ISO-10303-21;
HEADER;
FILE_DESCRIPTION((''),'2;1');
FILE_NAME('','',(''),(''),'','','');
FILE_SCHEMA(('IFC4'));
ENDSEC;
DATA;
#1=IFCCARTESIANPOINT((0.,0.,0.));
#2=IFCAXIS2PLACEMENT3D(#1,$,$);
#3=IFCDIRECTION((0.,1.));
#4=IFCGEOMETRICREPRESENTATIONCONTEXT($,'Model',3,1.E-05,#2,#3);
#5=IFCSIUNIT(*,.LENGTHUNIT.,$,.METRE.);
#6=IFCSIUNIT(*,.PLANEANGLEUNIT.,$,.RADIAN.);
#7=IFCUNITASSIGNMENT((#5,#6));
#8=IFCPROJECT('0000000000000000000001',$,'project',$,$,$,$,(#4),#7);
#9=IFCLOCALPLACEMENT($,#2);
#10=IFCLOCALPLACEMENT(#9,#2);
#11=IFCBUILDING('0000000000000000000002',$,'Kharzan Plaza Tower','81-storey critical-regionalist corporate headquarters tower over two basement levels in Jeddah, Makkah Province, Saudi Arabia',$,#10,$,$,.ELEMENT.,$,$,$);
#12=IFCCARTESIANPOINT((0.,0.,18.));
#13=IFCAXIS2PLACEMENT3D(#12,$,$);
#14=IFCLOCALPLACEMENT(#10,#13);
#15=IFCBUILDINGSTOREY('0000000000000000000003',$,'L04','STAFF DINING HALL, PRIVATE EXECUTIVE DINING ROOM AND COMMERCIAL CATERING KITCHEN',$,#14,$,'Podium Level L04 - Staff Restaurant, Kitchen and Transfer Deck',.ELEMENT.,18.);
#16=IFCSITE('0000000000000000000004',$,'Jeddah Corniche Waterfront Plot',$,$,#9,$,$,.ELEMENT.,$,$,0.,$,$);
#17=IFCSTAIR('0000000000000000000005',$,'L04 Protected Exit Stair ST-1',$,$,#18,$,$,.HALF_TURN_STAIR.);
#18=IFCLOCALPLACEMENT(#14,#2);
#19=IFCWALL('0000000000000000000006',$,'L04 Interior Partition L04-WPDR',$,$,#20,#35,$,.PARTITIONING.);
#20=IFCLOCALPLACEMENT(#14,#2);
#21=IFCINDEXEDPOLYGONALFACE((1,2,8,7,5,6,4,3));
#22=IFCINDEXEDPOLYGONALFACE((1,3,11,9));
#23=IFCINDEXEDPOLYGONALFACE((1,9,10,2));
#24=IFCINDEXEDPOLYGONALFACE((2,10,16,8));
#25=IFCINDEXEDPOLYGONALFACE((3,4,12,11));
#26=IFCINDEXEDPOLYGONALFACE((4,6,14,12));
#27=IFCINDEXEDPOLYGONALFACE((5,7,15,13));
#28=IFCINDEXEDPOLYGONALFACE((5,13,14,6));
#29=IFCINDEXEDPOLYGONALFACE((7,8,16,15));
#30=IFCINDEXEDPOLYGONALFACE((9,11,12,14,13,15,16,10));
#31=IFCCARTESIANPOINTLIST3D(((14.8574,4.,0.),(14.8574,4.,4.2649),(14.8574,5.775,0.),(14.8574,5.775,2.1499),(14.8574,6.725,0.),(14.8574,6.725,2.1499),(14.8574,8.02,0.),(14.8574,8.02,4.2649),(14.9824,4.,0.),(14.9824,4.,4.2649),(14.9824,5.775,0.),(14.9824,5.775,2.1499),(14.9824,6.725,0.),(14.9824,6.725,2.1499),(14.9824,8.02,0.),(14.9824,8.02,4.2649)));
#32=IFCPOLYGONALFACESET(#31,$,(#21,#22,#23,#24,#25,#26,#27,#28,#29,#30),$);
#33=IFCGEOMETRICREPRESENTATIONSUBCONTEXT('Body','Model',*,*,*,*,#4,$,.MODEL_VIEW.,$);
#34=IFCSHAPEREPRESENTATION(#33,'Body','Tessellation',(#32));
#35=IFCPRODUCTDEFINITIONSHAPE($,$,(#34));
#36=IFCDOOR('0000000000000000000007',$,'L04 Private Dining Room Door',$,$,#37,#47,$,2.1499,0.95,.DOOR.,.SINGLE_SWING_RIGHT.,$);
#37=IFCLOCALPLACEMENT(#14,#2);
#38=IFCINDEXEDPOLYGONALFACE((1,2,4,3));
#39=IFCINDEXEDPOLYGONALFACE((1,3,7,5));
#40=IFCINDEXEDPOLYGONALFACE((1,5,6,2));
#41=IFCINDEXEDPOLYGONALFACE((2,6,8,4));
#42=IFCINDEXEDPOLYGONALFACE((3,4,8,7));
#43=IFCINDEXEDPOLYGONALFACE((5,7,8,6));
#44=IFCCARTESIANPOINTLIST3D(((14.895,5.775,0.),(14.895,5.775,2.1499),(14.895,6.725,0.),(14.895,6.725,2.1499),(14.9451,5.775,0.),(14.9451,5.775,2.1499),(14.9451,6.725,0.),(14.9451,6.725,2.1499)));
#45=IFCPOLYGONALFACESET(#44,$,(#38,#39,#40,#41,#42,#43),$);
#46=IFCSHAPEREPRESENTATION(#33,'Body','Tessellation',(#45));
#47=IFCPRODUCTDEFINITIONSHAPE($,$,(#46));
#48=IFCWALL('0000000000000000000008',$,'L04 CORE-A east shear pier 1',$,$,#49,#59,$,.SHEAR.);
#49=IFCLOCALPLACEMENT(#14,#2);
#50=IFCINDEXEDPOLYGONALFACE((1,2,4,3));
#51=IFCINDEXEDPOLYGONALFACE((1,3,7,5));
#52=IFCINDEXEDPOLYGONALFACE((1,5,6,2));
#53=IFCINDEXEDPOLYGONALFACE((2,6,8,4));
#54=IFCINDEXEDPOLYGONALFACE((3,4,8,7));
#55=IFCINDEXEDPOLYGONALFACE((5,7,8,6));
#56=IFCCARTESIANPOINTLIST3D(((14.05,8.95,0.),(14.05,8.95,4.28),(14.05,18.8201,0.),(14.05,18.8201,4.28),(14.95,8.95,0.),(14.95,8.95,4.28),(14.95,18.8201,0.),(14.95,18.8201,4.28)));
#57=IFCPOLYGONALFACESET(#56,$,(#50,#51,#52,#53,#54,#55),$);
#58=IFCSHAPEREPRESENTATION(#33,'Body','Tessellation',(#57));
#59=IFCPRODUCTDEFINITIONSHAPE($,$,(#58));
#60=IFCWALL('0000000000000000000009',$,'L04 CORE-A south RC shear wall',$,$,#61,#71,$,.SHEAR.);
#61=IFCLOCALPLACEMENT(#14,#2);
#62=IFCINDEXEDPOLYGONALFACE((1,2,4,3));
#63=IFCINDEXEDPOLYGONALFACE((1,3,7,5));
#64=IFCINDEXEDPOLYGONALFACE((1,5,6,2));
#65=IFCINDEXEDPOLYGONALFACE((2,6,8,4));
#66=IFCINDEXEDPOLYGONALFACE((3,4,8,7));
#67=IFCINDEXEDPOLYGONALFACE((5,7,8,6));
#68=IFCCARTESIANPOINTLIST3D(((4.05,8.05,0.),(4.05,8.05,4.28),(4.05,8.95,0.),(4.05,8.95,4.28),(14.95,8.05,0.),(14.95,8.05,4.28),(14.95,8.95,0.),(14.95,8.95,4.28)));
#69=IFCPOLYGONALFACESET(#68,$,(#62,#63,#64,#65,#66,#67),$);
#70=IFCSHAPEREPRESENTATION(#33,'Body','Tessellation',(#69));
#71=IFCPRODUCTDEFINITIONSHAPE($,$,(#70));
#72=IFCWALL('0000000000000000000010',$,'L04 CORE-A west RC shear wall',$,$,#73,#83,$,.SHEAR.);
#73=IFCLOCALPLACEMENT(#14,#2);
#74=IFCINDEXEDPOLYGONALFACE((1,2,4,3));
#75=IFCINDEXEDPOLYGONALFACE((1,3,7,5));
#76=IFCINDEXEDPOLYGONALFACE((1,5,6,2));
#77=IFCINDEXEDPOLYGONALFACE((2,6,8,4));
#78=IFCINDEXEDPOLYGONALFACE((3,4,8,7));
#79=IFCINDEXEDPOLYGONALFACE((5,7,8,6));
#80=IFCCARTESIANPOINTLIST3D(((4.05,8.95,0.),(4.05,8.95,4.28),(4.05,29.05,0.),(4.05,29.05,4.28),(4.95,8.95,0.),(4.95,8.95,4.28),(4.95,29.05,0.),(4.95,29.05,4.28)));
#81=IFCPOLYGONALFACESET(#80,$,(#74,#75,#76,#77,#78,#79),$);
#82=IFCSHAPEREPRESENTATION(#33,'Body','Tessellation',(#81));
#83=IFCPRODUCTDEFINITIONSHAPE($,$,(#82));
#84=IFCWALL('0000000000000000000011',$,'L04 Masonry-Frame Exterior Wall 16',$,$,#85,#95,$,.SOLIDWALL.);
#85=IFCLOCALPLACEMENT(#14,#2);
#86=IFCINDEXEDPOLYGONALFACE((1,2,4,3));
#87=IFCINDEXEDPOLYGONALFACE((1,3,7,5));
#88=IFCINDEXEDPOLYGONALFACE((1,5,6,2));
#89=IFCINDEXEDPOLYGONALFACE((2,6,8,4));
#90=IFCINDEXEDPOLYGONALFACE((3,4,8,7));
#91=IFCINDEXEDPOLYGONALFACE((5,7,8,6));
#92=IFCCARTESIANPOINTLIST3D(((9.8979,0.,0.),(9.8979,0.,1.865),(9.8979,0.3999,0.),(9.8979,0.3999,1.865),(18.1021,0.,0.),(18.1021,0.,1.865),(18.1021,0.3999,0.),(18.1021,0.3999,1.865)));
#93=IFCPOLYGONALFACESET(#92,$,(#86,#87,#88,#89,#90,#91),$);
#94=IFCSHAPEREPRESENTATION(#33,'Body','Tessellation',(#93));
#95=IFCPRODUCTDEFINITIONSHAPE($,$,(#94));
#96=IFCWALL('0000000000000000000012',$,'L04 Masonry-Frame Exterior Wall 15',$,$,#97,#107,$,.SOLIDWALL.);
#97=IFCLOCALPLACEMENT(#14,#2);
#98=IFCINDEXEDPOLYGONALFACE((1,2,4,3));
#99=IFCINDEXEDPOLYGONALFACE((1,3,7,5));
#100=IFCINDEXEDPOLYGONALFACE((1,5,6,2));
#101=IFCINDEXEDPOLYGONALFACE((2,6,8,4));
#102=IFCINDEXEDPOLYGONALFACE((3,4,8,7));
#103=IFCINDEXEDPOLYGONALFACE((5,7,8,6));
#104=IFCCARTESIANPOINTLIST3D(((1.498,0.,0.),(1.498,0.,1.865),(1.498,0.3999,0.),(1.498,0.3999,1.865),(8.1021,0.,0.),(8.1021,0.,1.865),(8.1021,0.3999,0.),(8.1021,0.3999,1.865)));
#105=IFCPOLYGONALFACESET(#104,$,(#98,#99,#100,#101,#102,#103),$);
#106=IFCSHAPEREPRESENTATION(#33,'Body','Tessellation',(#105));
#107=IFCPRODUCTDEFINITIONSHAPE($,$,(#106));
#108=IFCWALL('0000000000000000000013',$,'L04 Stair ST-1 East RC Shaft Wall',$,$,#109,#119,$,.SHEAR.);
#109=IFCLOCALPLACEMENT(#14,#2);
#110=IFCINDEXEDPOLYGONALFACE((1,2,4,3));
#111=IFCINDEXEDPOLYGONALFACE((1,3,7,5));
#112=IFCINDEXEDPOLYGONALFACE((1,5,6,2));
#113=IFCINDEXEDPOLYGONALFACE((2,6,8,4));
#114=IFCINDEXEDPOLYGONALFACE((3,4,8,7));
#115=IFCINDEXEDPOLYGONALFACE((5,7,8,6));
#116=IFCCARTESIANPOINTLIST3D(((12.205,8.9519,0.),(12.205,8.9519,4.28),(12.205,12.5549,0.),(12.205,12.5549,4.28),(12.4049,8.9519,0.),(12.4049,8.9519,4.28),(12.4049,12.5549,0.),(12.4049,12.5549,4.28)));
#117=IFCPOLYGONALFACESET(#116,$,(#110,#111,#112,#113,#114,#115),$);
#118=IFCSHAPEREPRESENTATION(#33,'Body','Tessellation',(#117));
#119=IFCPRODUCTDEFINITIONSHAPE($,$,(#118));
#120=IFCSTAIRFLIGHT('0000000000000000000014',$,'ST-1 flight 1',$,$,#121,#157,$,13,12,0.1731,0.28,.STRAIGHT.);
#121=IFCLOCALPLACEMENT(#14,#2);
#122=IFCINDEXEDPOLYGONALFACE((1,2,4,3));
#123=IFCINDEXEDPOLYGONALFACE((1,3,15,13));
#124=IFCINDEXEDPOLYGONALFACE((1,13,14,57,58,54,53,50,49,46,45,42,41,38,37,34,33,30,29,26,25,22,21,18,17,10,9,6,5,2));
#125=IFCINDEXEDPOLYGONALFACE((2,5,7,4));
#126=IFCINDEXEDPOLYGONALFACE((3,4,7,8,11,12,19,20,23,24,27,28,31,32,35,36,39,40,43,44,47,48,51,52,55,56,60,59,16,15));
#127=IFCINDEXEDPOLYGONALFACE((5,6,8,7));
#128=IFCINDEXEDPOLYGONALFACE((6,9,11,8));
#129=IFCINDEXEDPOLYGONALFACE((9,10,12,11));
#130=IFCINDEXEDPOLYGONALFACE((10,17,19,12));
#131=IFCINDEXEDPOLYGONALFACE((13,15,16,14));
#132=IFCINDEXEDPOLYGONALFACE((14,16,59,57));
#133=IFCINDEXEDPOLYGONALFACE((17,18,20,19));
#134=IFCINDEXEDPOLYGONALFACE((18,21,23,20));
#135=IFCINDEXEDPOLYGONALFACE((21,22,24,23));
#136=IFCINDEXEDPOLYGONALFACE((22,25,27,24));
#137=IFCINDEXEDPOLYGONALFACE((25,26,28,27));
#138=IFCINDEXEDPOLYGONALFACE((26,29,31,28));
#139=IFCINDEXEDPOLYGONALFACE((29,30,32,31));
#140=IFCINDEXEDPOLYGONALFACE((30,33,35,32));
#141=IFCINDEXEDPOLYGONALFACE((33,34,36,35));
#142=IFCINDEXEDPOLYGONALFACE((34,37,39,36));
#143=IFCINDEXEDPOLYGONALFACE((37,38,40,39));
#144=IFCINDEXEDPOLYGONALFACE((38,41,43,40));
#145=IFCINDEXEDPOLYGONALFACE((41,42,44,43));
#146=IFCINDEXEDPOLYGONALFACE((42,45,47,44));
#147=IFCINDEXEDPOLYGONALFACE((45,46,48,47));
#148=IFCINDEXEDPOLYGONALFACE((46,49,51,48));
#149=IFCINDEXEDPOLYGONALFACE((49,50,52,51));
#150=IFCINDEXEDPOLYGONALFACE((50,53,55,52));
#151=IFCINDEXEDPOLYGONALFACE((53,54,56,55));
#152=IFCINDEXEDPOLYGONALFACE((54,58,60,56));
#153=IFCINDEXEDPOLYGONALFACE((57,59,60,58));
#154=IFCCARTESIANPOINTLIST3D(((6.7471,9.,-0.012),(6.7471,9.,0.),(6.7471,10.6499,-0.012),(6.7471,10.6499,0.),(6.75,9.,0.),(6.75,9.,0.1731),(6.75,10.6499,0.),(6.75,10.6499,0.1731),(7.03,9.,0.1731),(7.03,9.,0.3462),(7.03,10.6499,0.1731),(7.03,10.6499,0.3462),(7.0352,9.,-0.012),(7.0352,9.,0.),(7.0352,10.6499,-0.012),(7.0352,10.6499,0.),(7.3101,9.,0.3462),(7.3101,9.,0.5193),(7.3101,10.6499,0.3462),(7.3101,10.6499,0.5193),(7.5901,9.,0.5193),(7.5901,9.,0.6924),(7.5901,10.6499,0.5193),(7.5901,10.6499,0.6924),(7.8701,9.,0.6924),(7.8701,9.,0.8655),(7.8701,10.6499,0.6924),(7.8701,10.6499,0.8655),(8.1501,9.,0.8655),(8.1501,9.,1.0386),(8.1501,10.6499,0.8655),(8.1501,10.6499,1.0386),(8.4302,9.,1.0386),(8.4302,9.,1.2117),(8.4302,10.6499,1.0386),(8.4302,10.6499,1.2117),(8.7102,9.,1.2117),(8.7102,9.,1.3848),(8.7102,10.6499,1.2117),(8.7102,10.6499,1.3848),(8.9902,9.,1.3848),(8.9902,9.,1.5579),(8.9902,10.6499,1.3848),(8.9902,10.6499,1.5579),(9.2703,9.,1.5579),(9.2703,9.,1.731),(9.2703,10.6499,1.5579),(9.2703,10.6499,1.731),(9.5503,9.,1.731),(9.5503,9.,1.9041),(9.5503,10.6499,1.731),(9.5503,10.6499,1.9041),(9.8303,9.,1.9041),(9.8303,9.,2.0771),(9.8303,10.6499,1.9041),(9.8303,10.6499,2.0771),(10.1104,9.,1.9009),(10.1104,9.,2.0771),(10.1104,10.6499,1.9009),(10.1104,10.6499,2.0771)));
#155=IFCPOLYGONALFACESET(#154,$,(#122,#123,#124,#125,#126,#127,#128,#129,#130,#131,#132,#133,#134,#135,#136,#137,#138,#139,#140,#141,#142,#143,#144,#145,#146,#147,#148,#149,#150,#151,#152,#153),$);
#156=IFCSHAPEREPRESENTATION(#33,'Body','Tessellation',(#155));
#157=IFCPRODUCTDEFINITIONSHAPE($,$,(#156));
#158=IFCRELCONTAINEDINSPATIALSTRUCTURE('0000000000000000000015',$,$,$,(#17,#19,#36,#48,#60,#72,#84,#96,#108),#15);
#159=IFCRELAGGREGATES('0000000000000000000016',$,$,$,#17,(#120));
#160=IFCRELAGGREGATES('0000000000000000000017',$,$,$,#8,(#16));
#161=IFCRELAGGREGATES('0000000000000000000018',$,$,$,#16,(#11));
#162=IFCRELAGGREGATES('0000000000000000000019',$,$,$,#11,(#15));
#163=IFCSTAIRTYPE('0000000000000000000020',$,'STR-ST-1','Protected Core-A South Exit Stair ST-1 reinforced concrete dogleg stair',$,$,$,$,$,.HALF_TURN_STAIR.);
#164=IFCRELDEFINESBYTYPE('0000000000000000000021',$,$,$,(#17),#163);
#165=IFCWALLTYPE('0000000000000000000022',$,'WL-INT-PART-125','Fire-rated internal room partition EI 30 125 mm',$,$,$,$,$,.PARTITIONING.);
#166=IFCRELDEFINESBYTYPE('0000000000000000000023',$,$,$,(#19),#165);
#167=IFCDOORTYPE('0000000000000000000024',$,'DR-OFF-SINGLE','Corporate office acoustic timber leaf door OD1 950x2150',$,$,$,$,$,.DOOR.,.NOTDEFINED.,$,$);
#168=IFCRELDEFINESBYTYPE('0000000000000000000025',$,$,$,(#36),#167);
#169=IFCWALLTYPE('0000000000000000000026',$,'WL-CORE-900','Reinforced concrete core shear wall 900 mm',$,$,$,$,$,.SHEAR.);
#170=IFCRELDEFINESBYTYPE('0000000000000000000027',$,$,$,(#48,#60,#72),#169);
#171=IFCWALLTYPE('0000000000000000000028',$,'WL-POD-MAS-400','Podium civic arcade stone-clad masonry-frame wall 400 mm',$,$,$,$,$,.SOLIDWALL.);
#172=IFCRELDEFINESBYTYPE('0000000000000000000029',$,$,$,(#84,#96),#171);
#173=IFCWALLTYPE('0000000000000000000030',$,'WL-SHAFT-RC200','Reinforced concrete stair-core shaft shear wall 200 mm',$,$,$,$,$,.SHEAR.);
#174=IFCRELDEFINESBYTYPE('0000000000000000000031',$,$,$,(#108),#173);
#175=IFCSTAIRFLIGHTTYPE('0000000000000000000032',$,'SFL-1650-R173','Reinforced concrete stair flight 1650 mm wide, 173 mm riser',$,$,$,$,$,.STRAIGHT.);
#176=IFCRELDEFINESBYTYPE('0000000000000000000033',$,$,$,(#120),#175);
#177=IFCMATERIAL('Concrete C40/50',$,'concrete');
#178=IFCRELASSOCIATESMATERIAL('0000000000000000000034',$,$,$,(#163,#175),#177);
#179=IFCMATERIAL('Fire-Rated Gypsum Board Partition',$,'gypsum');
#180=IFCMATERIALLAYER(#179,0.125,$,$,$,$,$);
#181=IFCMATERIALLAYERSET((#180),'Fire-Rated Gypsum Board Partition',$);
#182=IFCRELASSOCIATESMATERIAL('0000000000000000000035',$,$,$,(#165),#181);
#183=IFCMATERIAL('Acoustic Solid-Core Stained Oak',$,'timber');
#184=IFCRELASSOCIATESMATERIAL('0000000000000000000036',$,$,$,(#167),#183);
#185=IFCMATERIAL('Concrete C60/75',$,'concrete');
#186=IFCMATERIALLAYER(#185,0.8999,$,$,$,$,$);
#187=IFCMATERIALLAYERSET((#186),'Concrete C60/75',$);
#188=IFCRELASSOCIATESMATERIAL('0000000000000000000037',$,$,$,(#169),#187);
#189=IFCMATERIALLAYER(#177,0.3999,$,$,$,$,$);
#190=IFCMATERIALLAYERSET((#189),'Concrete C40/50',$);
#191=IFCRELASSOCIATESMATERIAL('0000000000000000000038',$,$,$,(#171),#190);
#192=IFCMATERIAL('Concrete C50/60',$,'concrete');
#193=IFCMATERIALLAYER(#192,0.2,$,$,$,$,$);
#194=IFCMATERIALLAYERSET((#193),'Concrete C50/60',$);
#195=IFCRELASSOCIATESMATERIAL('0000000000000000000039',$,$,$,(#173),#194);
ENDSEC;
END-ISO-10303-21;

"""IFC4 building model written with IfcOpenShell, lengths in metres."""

from ifc_helpers import new_model, si_unit, direction, frame, frame_2d, origin, place, context, subcontext, project, spatial, polyline, rectangle, outline, extrude, source, transform, mapped, material, layer, layer_set, type_object, element, fill, aggregate, save


model = new_model("IFC4")

# Units and contexts
model_context = context("Model", 3, precision=1e-05, world=origin(), true_north=direction((0.0, 1.0)))
body_context = subcontext(model_context, "Body", "Model", "MODEL_VIEW")
ifc_project = project(units=[si_unit("LENGTHUNIT", "METRE"), si_unit("PLANEANGLEUNIT", "RADIAN")], contexts=[model_context])

# Site, building, storey
site_placement = place(None, origin())
site = spatial("IfcSite", under=ifc_project, at=site_placement, Name="Jeddah Corniche Waterfront Plot", CompositionType="ELEMENT", RefElevation=0.0)
building_placement = place(site_placement, origin())
building = spatial("IfcBuilding", under=site, at=building_placement, Name="Kharzan Plaza Tower", Description="81-storey critical-regionalist corporate headquarters tower over two basement levels in Jeddah, Makkah Province, Saudi Arabia", CompositionType="ELEMENT")
storey_placement = place(building_placement, frame((0.0, 0.0, 18.0)))
storey = spatial("IfcBuildingStorey", under=building, at=storey_placement, Name="L04", Description="STAFF DINING HALL, PRIVATE EXECUTIVE DINING ROOM AND COMMERCIAL CATERING KITCHEN", LongName="Podium Level L04 - Staff Restaurant, Kitchen and Transfer Deck", CompositionType="ELEMENT", Elevation=18.0)

# Shared definitions
ifc_material_1 = material(Name="Concrete C60/75", Category="concrete")

# Shared definitions
ifc_material_2 = material(Name="Concrete C40/50", Category="concrete")

# Stair
stair_type_1 = type_object("IfcStairType", Name="STR-ST-1", Description="Protected Core-A South Exit Stair ST-1 reinforced concrete dogleg stair", PredefinedType="HALF_TURN_STAIR", material=ifc_material_2)
stair_1_placement = place(storey_placement, origin())
stair_1 = element("IfcStair", 1, at=stair_1_placement, inside=storey, type_object=stair_type_1, Name="L04 Protected Exit Stair ST-1", PredefinedType="HALF_TURN_STAIR")

# Wall, opening, door
ifc_material_3 = material(Name="Fire-Rated Gypsum Board Partition", Category="gypsum")
ifc_layer_1 = layer(ifc_material_3, 0.125)
ifc_layer_set_1 = layer_set([ifc_layer_1], Name="Fire-Rated Gypsum Board Partition")
wall_type_1 = type_object("IfcWallType", Name="WL-INT-PART-125", Description="Fire-rated internal room partition EI 30 125 mm", PredefinedType="PARTITIONING", material=ifc_layer_set_1)
wall_1_placement = place(storey_placement, frame((14.9199, 4.0, 0.0), z_axis=(0.0, 0.0, 1.0), x_axis=(0.0, 1.0, 0.0)))
wall_1 = element("IfcWall", 2, at=wall_1_placement, inside=storey, type_object=wall_type_1, Name="L04 Interior Partition L04-WPDR", PredefinedType="PARTITIONING", context=body_context, shape_type="SweptSolid", body=[
    extrude(rectangle(XDim=4.02, YDim=0.125, at=frame_2d((2.01, 0.0))), origin(), (0.0, 0.0, 1.0), 4.2649),
])
opening_placement = place(wall_1_placement, frame((1.7749, 0.0, 0.0)))
opening = element("IfcOpeningElement", 3, at=opening_placement, cuts=wall_1, PredefinedType="OPENING", context=body_context, shape_type="SweptSolid", body=[
    extrude(rectangle(XDim=0.95, YDim=2.1499, at=frame_2d((0.4751, 1.075))), frame((0.0, 0.0725, 0.0), z_axis=(0.0, -1.0, 0.0), x_axis=(1.0, 0.0, 0.0)), (0.0, 0.0, 1.0), 0.145),
])
ifc_material_4 = material(Name="Acoustic Solid-Core Stained Oak", Category="timber")
door_type = type_object("IfcDoorType", Name="DR-OFF-SINGLE", Description="Corporate office acoustic timber leaf door OD1 950x2150", OperationType="NOTDEFINED", PredefinedType="DOOR", material=ifc_material_4)
shared_shape_1 = source(origin(), body_context, "Body", "SweptSolid", [
    extrude(rectangle(XDim=0.95, YDim=2.1499, at=frame_2d((0.4751, 1.075))), frame((0.0, 0.0249, 0.0), z_axis=(0.0, -1.0, 0.0), x_axis=(1.0, 0.0, 0.0)), (0.0, 0.0, 1.0), 0.05),
])
door_placement = place(opening_placement, origin())
door = element("IfcDoor", 4, at=door_placement, inside=storey, type_object=door_type, Name="L04 Private Dining Room Door", OperationType="SINGLE_SWING_RIGHT", OverallHeight=2.1499, OverallWidth=0.95, PredefinedType="DOOR", context=body_context, shape_type="MappedRepresentation", body=[
    mapped(shared_shape_1, transform((0.0, 0.0, 0.0), x_axis=(1.0, 0.0, 0.0), y_axis=(0.0, 1.0, 0.0), z_axis=(0.0, 0.0, 1.0))),
])
fill(opening, door)

# Walls
ifc_layer_2 = layer(ifc_material_1, 0.8999)
ifc_layer_set_2 = layer_set([ifc_layer_2], Name="Concrete C60/75")
wall_type_2 = type_object("IfcWallType", Name="WL-CORE-900", Description="Reinforced concrete core shear wall 900 mm", PredefinedType="SHEAR", material=ifc_layer_set_2)
shared_shape_2 = source(origin(), body_context, "Body", "SweptSolid", [
    extrude(rectangle(XDim=9.8701, YDim=0.8999, at=frame_2d((4.9351, 0.0))), origin(), (0.0, 0.0, 1.0), 4.28),
])
wall_2_placement = place(storey_placement, frame((14.5, 8.95, 0.0), z_axis=(0.0, 0.0, 1.0), x_axis=(0.0, 1.0, 0.0)))
element("IfcWall", 5, at=wall_2_placement, inside=storey, type_object=wall_type_2, Name="L04 CORE-A east shear pier 1", PredefinedType="SHEAR", context=body_context, shape_type="MappedRepresentation", body=[
    mapped(shared_shape_2, transform((0.0, 0.0, 0.0), x_axis=(1.0, 0.0, 0.0), y_axis=(0.0, 1.0, 0.0), z_axis=(0.0, 0.0, 1.0))),
])
shared_shape_3 = source(origin(), body_context, "Body", "SweptSolid", [
    extrude(rectangle(XDim=10.8999, YDim=0.8999, at=frame_2d((5.45, 0.0))), origin(), (0.0, 0.0, 1.0), 4.28),
])
wall_3_placement = place(storey_placement, frame((4.05, 8.5, 0.0), z_axis=(0.0, 0.0, 1.0), x_axis=(1.0, 0.0, 0.0)))
element("IfcWall", 6, at=wall_3_placement, inside=storey, type_object=wall_type_2, Name="L04 CORE-A south RC shear wall", PredefinedType="SHEAR", context=body_context, shape_type="MappedRepresentation", body=[
    mapped(shared_shape_3, transform((0.0, 0.0, 0.0), x_axis=(1.0, 0.0, 0.0), y_axis=(0.0, 1.0, 0.0), z_axis=(0.0, 0.0, 1.0))),
])
shared_shape_4 = source(origin(), body_context, "Body", "SweptSolid", [
    extrude(rectangle(XDim=20.1001, YDim=0.8999, at=frame_2d((10.05, 0.0))), origin(), (0.0, 0.0, 1.0), 4.28),
])
wall_4_placement = place(storey_placement, frame((4.5, 8.95, 0.0), z_axis=(0.0, 0.0, 1.0), x_axis=(0.0, 1.0, 0.0)))
element("IfcWall", 7, at=wall_4_placement, inside=storey, type_object=wall_type_2, Name="L04 CORE-A west RC shear wall", PredefinedType="SHEAR", context=body_context, shape_type="MappedRepresentation", body=[
    mapped(shared_shape_4, transform((0.0, 0.0, 0.0), x_axis=(1.0, 0.0, 0.0), y_axis=(0.0, 1.0, 0.0), z_axis=(0.0, 0.0, 1.0))),
])
ifc_layer_3 = layer(ifc_material_2, 0.3999)
ifc_layer_set_3 = layer_set([ifc_layer_3], Name="Concrete C40/50")
wall_type_3 = type_object("IfcWallType", Name="WL-POD-MAS-400", Description="Podium civic arcade stone-clad masonry-frame wall 400 mm", PredefinedType="SOLIDWALL", material=ifc_layer_set_3)
shared_shape_5 = source(origin(), body_context, "Body", "SweptSolid", [
    extrude(rectangle(XDim=8.2041, YDim=0.3999, at=frame_2d((4.1021, 0.0))), origin(), (0.0, 0.0, 1.0), 1.865),
])
wall_5_placement = place(storey_placement, frame((9.8979, 0.2, 0.0), z_axis=(0.0, 0.0, 1.0), x_axis=(1.0, 0.0, 0.0)))
element("IfcWall", 8, at=wall_5_placement, inside=storey, type_object=wall_type_3, Name="L04 Masonry-Frame Exterior Wall 16", PredefinedType="SOLIDWALL", context=body_context, shape_type="MappedRepresentation", body=[
    mapped(shared_shape_5, transform((0.0, 0.0, 0.0), x_axis=(1.0, 0.0, 0.0), y_axis=(0.0, 1.0, 0.0), z_axis=(0.0, 0.0, 1.0))),
])
shared_shape_6 = source(origin(), body_context, "Body", "SweptSolid", [
    extrude(rectangle(XDim=6.604, YDim=0.3999, at=frame_2d((3.302, 0.0))), origin(), (0.0, 0.0, 1.0), 1.865),
])
wall_6_placement = place(storey_placement, frame((1.498, 0.2, 0.0), z_axis=(0.0, 0.0, 1.0), x_axis=(1.0, 0.0, 0.0)))
element("IfcWall", 9, at=wall_6_placement, inside=storey, type_object=wall_type_3, Name="L04 Masonry-Frame Exterior Wall 15", PredefinedType="SOLIDWALL", context=body_context, shape_type="MappedRepresentation", body=[
    mapped(shared_shape_6, transform((0.0, 0.0, 0.0), x_axis=(1.0, 0.0, 0.0), y_axis=(0.0, 1.0, 0.0), z_axis=(0.0, 0.0, 1.0))),
])
ifc_material_5 = material(Name="Concrete C50/60", Category="concrete")
ifc_layer_4 = layer(ifc_material_5, 0.2)
ifc_layer_set_4 = layer_set([ifc_layer_4], Name="Concrete C50/60")
wall_type_4 = type_object("IfcWallType", Name="WL-SHAFT-RC200", Description="Reinforced concrete stair-core shaft shear wall 200 mm", PredefinedType="SHEAR", material=ifc_layer_set_4)
shared_shape_7 = source(origin(), body_context, "Body", "SweptSolid", [
    extrude(rectangle(XDim=3.603, YDim=0.2, at=frame_2d((1.8015, 0.0))), origin(), (0.0, 0.0, 1.0), 4.28),
])
wall_7_placement = place(storey_placement, frame((12.3049, 8.9519, 0.0), z_axis=(0.0, 0.0, 1.0), x_axis=(0.0, 1.0, 0.0)))
element("IfcWall", 10, at=wall_7_placement, inside=storey, type_object=wall_type_4, Name="L04 Stair ST-1 East RC Shaft Wall", PredefinedType="SHEAR", context=body_context, shape_type="MappedRepresentation", body=[
    mapped(shared_shape_7, transform((0.0, 0.0, 0.0), x_axis=(1.0, 0.0, 0.0), y_axis=(0.0, 1.0, 0.0), z_axis=(0.0, 0.0, 1.0))),
])

# Stair flight
stair_flight_type = type_object("IfcStairFlightType", Name="SFL-1650-R173", Description="Reinforced concrete stair flight 1650 mm wide, 173 mm riser", PredefinedType="STRAIGHT", material=ifc_material_2)
shared_shape_8 = source(origin(), body_context, "Body", "SweptSolid", [
    extrude(outline(polyline([(-0.0029, -0.012), (-0.0029, 0.0), (0.0, 0.0), (0.0, 0.1731), (0.28, 0.1731), (0.28, 0.3462), (0.5601, 0.3462), (0.5601, 0.5193), (0.8401, 0.5193), (0.8401, 0.6924), (1.1201, 0.6924), (1.1201, 0.8655), (1.4001, 0.8655), (1.4001, 1.0386), (1.6802, 1.0386), (1.6802, 1.2117), (1.9602, 1.2117), (1.9602, 1.3848), (2.2402, 1.3848), (2.2402, 1.5579), (2.5203, 1.5579), (2.5203, 1.731), (2.8003, 1.731), (2.8003, 1.9041), (3.0803, 1.9041), (3.0803, 2.0771), (3.3604, 2.0771), (3.3604, 2.2502), (3.3604, 1.9009), (0.2852, 0.0), (0.2852, -0.012), (-0.0029, -0.012)])), frame((0.0, 0.825, 0.0), z_axis=(0.0, -1.0, 0.0), x_axis=(1.0, 0.0, 0.0)), (0.0, 0.0, 1.0), 1.6499),
])
stair_flight_placement = place(storey_placement, frame((6.75, 9.825, 0.0), z_axis=(0.0, 0.0, 1.0), x_axis=(1.0, 0.0, 0.0)))
stair_flight = element("IfcStairFlight", 11, at=stair_flight_placement, type_object=stair_flight_type, Name="ST-1 flight 1", NumberOfRisers=13, NumberOfTreads=12, PredefinedType="STRAIGHT", RiserHeight=0.1731, TreadLength=0.28, context=body_context, shape_type="MappedRepresentation", body=[
    mapped(shared_shape_8, transform((0.0, 0.0, 0.0), x_axis=(1.0, 0.0, 0.0), y_axis=(0.0, 1.0, 0.0), z_axis=(0.0, 0.0, 1.0))),
])
aggregate(stair_1, [stair_flight])

save(model, "model.ifc")
